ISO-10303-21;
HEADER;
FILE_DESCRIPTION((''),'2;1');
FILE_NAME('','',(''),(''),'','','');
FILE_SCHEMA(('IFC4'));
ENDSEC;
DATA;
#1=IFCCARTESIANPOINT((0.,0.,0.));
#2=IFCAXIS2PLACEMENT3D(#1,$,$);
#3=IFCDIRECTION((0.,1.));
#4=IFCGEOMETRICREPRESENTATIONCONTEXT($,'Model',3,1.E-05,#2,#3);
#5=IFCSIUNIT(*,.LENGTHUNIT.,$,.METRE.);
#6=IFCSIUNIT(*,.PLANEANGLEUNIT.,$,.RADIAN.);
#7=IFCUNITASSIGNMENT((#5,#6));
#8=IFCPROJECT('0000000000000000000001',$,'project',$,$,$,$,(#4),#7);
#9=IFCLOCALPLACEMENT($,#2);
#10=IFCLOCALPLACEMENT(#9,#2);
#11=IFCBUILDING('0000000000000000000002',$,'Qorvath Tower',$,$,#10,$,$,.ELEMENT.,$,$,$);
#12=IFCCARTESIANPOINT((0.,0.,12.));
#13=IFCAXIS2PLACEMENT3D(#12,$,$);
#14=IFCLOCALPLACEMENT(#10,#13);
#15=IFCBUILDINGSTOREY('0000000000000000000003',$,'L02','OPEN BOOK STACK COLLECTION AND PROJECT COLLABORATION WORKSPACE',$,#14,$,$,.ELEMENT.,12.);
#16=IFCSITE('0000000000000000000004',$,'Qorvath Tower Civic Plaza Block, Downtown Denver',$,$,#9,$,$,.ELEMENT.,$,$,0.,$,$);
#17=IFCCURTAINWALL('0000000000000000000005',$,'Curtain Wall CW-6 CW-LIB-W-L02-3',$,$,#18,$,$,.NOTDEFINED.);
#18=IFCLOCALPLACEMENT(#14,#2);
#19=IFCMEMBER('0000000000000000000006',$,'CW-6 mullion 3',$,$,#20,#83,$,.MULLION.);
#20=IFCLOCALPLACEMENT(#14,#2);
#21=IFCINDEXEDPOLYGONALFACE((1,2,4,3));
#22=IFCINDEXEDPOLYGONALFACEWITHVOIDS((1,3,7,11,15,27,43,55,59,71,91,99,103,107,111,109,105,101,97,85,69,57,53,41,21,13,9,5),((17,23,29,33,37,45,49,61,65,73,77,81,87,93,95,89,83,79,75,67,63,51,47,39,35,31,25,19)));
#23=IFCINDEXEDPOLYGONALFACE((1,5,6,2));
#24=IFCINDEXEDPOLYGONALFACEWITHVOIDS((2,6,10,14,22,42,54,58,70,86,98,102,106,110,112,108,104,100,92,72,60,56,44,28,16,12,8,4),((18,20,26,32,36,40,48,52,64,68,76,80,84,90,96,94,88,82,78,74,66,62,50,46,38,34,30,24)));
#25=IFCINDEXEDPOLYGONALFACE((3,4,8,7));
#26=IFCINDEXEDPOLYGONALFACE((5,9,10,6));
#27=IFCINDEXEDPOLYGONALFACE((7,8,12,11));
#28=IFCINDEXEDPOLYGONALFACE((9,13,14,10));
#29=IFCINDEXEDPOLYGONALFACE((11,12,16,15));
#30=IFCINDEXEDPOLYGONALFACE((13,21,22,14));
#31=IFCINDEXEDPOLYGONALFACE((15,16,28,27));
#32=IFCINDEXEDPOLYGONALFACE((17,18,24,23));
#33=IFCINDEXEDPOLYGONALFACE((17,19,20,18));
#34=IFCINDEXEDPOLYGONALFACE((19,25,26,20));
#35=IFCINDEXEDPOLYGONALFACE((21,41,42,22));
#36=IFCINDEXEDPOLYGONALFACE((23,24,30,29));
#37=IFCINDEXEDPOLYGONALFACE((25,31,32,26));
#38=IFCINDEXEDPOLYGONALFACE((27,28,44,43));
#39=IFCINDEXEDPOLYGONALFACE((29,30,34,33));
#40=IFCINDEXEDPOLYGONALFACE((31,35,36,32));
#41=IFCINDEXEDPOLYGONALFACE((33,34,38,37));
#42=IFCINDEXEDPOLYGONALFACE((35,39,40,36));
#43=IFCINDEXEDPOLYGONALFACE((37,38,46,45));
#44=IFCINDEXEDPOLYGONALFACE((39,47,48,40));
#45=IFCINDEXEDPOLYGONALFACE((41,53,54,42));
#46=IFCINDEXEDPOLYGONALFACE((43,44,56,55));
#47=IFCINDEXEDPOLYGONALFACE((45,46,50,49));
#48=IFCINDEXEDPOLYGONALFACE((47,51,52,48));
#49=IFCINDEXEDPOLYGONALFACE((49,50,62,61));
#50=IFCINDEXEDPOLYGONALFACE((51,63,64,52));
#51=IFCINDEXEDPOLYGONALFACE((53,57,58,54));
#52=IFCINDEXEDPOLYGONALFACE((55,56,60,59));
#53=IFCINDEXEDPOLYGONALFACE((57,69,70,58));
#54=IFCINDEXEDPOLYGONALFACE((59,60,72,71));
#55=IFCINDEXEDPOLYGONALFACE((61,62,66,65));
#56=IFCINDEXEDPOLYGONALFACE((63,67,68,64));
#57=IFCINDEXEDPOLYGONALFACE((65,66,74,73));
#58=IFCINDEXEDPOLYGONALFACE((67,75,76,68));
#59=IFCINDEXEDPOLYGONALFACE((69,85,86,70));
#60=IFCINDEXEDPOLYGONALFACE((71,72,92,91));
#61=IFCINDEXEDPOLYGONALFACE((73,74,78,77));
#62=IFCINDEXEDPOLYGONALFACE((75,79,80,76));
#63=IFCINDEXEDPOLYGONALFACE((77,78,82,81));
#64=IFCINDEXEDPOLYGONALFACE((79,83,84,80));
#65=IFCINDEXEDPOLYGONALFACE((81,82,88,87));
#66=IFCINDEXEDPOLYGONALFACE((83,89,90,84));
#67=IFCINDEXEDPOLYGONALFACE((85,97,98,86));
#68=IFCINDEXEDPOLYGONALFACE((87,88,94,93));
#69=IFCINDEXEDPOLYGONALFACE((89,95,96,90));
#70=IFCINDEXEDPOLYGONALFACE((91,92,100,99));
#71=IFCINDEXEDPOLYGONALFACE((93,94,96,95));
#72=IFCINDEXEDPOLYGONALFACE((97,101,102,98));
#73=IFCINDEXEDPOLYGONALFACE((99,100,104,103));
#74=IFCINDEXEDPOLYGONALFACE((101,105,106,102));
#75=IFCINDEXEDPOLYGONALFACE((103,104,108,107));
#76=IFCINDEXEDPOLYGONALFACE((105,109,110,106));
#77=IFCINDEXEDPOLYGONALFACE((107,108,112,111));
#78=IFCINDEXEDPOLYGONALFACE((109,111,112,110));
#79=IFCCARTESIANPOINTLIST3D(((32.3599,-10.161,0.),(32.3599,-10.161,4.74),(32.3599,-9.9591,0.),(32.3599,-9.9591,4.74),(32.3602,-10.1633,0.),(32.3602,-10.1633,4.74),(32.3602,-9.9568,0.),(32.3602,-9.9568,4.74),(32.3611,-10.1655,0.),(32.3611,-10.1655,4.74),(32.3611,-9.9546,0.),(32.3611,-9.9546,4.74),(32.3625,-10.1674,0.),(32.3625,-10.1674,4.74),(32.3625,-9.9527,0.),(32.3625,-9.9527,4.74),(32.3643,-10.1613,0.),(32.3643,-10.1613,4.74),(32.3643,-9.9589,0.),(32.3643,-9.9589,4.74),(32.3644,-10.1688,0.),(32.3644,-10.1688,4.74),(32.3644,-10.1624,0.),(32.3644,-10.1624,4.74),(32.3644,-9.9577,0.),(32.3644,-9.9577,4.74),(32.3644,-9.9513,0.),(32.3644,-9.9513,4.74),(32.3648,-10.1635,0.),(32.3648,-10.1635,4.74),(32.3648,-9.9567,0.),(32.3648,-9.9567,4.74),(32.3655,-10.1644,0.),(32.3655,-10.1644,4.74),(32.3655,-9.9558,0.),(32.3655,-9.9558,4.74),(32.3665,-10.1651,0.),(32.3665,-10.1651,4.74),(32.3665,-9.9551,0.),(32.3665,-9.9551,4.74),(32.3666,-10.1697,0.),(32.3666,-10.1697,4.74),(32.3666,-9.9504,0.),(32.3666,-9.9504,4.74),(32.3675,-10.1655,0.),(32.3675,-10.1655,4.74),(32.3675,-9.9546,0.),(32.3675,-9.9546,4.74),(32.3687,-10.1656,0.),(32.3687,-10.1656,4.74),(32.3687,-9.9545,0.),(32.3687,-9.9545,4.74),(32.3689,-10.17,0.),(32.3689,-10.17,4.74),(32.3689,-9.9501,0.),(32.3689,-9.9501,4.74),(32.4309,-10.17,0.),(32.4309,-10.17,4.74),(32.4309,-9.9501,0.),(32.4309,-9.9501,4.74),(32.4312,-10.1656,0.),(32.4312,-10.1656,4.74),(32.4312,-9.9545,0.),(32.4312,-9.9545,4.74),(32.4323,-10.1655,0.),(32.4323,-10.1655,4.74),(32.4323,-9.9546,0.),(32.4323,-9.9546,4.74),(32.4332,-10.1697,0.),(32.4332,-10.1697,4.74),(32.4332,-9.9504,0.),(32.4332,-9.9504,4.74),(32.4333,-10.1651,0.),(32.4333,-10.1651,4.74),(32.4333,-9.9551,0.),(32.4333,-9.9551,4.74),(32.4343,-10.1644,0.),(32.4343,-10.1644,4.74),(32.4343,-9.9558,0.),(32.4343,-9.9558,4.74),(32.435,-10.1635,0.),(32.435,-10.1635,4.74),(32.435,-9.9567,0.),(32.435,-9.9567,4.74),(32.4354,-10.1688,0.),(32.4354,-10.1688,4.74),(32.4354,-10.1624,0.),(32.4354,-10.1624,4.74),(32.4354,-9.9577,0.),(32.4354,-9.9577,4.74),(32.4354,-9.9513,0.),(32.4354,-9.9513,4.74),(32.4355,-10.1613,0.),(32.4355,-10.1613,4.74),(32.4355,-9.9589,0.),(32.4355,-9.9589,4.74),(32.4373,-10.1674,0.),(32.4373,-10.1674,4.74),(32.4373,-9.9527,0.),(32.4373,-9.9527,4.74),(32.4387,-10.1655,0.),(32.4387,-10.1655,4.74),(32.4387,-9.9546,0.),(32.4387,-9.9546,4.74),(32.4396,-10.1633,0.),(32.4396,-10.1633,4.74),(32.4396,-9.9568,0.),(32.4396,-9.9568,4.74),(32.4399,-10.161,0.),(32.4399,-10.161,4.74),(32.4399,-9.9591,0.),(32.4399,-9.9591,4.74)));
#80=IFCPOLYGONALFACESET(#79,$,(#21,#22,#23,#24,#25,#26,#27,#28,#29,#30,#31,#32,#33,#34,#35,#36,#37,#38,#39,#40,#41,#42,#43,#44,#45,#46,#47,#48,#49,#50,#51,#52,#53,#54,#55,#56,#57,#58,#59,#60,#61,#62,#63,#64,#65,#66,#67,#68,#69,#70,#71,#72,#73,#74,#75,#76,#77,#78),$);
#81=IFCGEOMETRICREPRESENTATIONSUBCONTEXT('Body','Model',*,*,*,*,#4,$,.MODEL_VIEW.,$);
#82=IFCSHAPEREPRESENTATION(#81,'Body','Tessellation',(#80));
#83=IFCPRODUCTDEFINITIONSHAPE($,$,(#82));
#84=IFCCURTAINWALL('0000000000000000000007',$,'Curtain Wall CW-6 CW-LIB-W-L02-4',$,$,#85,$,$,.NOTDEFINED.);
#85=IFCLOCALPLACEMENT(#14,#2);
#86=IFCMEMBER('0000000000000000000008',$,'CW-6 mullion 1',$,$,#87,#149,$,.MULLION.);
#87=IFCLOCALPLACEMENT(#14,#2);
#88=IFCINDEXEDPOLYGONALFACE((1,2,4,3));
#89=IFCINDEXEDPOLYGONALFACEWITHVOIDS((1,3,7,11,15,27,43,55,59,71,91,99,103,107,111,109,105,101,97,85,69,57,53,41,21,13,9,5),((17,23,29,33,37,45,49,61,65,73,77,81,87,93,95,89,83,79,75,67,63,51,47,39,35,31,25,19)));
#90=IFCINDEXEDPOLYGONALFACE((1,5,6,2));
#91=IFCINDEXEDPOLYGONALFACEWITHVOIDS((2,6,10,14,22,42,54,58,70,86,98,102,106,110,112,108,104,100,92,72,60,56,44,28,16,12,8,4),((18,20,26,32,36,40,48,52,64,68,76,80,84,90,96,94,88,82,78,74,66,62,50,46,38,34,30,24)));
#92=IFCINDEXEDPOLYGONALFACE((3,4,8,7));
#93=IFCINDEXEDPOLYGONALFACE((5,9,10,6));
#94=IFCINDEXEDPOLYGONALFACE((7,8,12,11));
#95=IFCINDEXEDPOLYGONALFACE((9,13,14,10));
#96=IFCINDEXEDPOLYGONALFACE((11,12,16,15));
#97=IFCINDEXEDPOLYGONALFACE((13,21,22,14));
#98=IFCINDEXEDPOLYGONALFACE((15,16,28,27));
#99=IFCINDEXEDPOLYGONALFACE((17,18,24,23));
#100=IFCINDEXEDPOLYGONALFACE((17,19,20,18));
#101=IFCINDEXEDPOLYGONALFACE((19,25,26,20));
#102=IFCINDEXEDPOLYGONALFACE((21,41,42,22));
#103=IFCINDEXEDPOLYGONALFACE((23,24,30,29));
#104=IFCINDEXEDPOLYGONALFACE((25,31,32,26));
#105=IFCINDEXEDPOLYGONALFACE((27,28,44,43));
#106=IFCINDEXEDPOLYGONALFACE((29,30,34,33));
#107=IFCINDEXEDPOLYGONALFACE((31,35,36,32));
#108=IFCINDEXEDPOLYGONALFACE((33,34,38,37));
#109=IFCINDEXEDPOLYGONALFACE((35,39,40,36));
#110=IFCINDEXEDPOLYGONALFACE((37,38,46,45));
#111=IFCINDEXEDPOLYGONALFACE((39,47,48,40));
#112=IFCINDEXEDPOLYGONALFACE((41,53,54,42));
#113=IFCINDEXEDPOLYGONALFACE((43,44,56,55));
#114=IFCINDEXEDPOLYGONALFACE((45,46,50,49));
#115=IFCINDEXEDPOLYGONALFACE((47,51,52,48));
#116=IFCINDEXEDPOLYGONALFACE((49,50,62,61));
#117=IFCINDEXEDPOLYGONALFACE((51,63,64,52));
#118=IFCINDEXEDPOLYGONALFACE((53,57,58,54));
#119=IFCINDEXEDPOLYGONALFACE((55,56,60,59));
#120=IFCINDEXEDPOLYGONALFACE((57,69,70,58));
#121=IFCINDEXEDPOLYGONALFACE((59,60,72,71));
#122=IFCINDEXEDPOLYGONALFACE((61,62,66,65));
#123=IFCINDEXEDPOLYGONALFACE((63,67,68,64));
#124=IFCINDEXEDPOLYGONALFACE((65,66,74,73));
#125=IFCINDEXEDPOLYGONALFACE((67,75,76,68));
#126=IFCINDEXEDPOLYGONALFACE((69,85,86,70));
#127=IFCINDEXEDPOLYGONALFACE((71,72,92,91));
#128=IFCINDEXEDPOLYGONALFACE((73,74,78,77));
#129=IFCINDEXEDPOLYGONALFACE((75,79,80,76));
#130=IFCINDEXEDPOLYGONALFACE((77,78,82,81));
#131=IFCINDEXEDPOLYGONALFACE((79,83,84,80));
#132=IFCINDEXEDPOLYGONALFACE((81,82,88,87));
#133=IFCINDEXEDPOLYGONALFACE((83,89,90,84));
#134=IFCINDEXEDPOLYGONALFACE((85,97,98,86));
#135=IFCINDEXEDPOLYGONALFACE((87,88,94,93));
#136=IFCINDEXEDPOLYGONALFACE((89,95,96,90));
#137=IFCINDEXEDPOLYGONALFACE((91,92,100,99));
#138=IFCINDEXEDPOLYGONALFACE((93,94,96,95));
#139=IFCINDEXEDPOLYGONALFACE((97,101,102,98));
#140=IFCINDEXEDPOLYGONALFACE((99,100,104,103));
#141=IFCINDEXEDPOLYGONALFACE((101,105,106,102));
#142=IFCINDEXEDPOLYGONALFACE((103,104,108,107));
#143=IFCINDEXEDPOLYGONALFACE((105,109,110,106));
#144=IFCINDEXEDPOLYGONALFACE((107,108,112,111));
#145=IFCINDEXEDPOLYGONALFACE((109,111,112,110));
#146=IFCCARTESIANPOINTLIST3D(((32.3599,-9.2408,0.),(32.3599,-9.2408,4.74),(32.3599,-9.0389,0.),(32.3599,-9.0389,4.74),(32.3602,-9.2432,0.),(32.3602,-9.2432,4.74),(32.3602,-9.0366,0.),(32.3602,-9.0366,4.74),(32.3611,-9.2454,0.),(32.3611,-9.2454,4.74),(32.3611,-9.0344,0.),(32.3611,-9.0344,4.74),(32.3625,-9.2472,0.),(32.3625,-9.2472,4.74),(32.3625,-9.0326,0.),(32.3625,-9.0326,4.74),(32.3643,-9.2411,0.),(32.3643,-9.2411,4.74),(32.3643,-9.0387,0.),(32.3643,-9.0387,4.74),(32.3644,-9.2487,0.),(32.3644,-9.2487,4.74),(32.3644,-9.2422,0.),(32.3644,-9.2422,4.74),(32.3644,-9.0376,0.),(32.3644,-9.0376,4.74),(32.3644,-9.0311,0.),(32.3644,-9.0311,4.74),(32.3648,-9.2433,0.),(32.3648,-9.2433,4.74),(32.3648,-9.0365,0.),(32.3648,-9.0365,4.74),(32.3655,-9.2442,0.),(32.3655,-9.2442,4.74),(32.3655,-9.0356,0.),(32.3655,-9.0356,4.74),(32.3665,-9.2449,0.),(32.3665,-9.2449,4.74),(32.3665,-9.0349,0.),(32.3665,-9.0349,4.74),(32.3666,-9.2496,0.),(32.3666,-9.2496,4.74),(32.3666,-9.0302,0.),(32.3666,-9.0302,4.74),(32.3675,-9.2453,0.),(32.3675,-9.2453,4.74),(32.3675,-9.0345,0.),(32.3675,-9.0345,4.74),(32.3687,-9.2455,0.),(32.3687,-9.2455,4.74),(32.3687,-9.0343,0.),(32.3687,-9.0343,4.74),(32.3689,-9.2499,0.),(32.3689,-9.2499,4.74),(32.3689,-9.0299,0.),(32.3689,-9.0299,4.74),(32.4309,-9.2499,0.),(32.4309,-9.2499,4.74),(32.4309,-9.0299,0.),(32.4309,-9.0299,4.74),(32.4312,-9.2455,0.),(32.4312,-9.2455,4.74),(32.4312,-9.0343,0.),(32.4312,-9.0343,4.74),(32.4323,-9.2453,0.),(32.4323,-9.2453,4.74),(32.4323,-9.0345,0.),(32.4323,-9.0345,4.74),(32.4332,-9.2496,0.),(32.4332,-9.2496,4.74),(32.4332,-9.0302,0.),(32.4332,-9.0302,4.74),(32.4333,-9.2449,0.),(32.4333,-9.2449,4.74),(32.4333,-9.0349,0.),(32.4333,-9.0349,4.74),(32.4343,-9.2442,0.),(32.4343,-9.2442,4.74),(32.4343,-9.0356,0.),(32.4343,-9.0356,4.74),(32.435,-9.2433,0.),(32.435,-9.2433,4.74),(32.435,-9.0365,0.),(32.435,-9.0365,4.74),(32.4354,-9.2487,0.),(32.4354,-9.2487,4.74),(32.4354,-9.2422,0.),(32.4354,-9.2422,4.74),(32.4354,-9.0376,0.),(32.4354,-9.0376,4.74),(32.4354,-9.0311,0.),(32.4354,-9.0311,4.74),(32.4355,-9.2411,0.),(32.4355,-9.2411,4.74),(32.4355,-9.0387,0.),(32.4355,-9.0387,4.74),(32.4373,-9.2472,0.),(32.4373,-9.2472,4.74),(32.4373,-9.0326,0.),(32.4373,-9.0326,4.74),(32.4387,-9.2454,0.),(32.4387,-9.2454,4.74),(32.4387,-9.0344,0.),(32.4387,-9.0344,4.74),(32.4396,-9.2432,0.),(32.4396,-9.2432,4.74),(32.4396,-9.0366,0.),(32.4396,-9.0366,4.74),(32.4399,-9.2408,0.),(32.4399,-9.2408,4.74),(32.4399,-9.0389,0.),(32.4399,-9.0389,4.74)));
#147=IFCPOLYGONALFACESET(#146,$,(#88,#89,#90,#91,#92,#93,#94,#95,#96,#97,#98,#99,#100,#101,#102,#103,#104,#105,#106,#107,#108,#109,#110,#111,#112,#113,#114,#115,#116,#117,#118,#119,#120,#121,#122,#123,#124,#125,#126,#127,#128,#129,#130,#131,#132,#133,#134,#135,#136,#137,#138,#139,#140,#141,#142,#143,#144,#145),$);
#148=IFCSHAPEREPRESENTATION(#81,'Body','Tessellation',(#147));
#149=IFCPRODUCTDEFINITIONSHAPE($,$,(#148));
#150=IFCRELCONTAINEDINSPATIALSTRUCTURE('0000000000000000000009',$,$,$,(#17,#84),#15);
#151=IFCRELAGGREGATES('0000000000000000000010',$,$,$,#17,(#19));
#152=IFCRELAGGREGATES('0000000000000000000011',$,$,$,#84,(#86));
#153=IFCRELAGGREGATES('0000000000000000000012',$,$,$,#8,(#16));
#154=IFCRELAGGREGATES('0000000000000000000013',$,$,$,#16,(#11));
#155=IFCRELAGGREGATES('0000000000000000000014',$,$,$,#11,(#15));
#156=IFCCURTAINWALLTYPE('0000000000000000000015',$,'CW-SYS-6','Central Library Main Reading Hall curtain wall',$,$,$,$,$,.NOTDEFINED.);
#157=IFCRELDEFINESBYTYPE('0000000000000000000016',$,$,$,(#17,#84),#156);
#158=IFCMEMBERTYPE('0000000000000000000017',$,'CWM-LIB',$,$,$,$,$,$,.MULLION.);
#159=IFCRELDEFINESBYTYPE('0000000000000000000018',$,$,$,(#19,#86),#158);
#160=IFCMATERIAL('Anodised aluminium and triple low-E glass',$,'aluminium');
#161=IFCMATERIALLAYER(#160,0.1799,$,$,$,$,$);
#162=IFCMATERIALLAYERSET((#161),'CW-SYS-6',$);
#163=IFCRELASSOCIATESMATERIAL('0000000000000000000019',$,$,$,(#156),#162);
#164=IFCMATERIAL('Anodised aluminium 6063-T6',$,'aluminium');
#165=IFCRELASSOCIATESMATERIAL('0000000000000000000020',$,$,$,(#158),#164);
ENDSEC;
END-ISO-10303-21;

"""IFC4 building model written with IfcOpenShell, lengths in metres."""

from ifc_helpers import new_model, si_unit, direction, frame, origin, origin_2d, place, context, subcontext, project, spatial, hollow_rectangle, extrude, material, layer, layer_set, material_profile, profile_set, type_object, element, aggregate, save


model = new_model("IFC4")

# Units and contexts
model_context = context("Model", 3, precision=1e-05, world=origin(), true_north=direction((0.0, 1.0)))
body_context = subcontext(model_context, "Body", "Model", "MODEL_VIEW")
ifc_project = project(units=[si_unit("LENGTHUNIT", "METRE"), si_unit("PLANEANGLEUNIT", "RADIAN")], contexts=[model_context])

# Site, building, storey
site_placement = place(None, origin())
site = spatial("IfcSite", under=ifc_project, at=site_placement, Name="Qorvath Tower Civic Plaza Block, Downtown Denver", CompositionType="ELEMENT", RefElevation=0.0)
building_placement = place(site_placement, origin())
building = spatial("IfcBuilding", under=site, at=building_placement, Name="Qorvath Tower", CompositionType="ELEMENT")
storey_placement = place(building_placement, frame((0.0, 0.0, 12.0)))
storey = spatial("IfcBuildingStorey", under=building, at=storey_placement, Name="L02", Description="OPEN BOOK STACK COLLECTION AND PROJECT COLLABORATION WORKSPACE", CompositionType="ELEMENT", Elevation=12.0)

# Curtain wall, member
ifc_material_1 = material(Name="Anodised aluminium and triple low-E glass", Category="aluminium")
ifc_layer_1 = layer(ifc_material_1, 0.1799)
ifc_layer_set_1 = layer_set([ifc_layer_1], Name="CW-SYS-6")
curtain_wall_type = type_object("IfcCurtainWallType", Name="CW-SYS-6", Description="Central Library Main Reading Hall curtain wall", PredefinedType="NOTDEFINED", material=ifc_layer_set_1)
curtain_wall_1_placement = place(storey_placement, origin())
curtain_wall_1 = element("IfcCurtainWall", 1, at=curtain_wall_1_placement, inside=storey, type_object=curtain_wall_type, Name="Curtain Wall CW-6 CW-LIB-W-L02-3", PredefinedType="NOTDEFINED")
ifc_material_2 = material(Name="Anodised aluminium 6063-T6", Category="aluminium")
ifc_material_profile_1 = material_profile(ifc_material_2, hollow_rectangle(XDim=0.0801, YDim=0.22, WallThickness=0.0044, InnerFilletRadius=0.0044, OuterFilletRadius=0.009, at=origin_2d()), Name="CWM LIB 220x80")
ifc_profile_set_1 = profile_set([ifc_material_profile_1], Name="Anodised aluminium 6063-T6")
member_type_1 = type_object("IfcMemberType", Name="CWM-LIB", PredefinedType="MULLION", material=ifc_profile_set_1)
member_1_placement = place(storey_placement, frame((32.3999, -10.0601, 0.0), z_axis=(0.0, 0.0, 1.0), x_axis=(-1.0, 0.0, 0.0)))
member_1 = element("IfcMember", 2, at=member_1_placement, type_object=member_type_1, Name="CW-6 mullion 3", PredefinedType="MULLION", context=body_context, shape_type="SweptSolid", body=[
    extrude(hollow_rectangle(XDim=0.0801, YDim=0.22, WallThickness=0.0044, InnerFilletRadius=0.0044, OuterFilletRadius=0.009, at=origin_2d()), origin(), (0.0, 0.0, 1.0), 4.74),
])

# Curtain wall, member
curtain_wall_2_placement = place(storey_placement, origin())
curtain_wall_2 = element("IfcCurtainWall", 3, at=curtain_wall_2_placement, inside=storey, type_object=curtain_wall_type, Name="Curtain Wall CW-6 CW-LIB-W-L02-4", PredefinedType="NOTDEFINED")
member_2_placement = place(storey_placement, frame((32.3999, -9.1399, 0.0), z_axis=(0.0, 0.0, 1.0), x_axis=(-1.0, 0.0, 0.0)))
member_2 = element("IfcMember", 4, at=member_2_placement, type_object=member_type_1, Name="CW-6 mullion 1", PredefinedType="MULLION", context=body_context, shape_type="SweptSolid", body=[
    extrude(hollow_rectangle(XDim=0.0801, YDim=0.22, WallThickness=0.0044, InnerFilletRadius=0.0044, OuterFilletRadius=0.009, at=origin_2d()), origin(), (0.0, 0.0, 1.0), 4.74),
])

aggregate(curtain_wall_1, [member_1])
aggregate(curtain_wall_2, [member_2])

save(model, "model.ifc")
